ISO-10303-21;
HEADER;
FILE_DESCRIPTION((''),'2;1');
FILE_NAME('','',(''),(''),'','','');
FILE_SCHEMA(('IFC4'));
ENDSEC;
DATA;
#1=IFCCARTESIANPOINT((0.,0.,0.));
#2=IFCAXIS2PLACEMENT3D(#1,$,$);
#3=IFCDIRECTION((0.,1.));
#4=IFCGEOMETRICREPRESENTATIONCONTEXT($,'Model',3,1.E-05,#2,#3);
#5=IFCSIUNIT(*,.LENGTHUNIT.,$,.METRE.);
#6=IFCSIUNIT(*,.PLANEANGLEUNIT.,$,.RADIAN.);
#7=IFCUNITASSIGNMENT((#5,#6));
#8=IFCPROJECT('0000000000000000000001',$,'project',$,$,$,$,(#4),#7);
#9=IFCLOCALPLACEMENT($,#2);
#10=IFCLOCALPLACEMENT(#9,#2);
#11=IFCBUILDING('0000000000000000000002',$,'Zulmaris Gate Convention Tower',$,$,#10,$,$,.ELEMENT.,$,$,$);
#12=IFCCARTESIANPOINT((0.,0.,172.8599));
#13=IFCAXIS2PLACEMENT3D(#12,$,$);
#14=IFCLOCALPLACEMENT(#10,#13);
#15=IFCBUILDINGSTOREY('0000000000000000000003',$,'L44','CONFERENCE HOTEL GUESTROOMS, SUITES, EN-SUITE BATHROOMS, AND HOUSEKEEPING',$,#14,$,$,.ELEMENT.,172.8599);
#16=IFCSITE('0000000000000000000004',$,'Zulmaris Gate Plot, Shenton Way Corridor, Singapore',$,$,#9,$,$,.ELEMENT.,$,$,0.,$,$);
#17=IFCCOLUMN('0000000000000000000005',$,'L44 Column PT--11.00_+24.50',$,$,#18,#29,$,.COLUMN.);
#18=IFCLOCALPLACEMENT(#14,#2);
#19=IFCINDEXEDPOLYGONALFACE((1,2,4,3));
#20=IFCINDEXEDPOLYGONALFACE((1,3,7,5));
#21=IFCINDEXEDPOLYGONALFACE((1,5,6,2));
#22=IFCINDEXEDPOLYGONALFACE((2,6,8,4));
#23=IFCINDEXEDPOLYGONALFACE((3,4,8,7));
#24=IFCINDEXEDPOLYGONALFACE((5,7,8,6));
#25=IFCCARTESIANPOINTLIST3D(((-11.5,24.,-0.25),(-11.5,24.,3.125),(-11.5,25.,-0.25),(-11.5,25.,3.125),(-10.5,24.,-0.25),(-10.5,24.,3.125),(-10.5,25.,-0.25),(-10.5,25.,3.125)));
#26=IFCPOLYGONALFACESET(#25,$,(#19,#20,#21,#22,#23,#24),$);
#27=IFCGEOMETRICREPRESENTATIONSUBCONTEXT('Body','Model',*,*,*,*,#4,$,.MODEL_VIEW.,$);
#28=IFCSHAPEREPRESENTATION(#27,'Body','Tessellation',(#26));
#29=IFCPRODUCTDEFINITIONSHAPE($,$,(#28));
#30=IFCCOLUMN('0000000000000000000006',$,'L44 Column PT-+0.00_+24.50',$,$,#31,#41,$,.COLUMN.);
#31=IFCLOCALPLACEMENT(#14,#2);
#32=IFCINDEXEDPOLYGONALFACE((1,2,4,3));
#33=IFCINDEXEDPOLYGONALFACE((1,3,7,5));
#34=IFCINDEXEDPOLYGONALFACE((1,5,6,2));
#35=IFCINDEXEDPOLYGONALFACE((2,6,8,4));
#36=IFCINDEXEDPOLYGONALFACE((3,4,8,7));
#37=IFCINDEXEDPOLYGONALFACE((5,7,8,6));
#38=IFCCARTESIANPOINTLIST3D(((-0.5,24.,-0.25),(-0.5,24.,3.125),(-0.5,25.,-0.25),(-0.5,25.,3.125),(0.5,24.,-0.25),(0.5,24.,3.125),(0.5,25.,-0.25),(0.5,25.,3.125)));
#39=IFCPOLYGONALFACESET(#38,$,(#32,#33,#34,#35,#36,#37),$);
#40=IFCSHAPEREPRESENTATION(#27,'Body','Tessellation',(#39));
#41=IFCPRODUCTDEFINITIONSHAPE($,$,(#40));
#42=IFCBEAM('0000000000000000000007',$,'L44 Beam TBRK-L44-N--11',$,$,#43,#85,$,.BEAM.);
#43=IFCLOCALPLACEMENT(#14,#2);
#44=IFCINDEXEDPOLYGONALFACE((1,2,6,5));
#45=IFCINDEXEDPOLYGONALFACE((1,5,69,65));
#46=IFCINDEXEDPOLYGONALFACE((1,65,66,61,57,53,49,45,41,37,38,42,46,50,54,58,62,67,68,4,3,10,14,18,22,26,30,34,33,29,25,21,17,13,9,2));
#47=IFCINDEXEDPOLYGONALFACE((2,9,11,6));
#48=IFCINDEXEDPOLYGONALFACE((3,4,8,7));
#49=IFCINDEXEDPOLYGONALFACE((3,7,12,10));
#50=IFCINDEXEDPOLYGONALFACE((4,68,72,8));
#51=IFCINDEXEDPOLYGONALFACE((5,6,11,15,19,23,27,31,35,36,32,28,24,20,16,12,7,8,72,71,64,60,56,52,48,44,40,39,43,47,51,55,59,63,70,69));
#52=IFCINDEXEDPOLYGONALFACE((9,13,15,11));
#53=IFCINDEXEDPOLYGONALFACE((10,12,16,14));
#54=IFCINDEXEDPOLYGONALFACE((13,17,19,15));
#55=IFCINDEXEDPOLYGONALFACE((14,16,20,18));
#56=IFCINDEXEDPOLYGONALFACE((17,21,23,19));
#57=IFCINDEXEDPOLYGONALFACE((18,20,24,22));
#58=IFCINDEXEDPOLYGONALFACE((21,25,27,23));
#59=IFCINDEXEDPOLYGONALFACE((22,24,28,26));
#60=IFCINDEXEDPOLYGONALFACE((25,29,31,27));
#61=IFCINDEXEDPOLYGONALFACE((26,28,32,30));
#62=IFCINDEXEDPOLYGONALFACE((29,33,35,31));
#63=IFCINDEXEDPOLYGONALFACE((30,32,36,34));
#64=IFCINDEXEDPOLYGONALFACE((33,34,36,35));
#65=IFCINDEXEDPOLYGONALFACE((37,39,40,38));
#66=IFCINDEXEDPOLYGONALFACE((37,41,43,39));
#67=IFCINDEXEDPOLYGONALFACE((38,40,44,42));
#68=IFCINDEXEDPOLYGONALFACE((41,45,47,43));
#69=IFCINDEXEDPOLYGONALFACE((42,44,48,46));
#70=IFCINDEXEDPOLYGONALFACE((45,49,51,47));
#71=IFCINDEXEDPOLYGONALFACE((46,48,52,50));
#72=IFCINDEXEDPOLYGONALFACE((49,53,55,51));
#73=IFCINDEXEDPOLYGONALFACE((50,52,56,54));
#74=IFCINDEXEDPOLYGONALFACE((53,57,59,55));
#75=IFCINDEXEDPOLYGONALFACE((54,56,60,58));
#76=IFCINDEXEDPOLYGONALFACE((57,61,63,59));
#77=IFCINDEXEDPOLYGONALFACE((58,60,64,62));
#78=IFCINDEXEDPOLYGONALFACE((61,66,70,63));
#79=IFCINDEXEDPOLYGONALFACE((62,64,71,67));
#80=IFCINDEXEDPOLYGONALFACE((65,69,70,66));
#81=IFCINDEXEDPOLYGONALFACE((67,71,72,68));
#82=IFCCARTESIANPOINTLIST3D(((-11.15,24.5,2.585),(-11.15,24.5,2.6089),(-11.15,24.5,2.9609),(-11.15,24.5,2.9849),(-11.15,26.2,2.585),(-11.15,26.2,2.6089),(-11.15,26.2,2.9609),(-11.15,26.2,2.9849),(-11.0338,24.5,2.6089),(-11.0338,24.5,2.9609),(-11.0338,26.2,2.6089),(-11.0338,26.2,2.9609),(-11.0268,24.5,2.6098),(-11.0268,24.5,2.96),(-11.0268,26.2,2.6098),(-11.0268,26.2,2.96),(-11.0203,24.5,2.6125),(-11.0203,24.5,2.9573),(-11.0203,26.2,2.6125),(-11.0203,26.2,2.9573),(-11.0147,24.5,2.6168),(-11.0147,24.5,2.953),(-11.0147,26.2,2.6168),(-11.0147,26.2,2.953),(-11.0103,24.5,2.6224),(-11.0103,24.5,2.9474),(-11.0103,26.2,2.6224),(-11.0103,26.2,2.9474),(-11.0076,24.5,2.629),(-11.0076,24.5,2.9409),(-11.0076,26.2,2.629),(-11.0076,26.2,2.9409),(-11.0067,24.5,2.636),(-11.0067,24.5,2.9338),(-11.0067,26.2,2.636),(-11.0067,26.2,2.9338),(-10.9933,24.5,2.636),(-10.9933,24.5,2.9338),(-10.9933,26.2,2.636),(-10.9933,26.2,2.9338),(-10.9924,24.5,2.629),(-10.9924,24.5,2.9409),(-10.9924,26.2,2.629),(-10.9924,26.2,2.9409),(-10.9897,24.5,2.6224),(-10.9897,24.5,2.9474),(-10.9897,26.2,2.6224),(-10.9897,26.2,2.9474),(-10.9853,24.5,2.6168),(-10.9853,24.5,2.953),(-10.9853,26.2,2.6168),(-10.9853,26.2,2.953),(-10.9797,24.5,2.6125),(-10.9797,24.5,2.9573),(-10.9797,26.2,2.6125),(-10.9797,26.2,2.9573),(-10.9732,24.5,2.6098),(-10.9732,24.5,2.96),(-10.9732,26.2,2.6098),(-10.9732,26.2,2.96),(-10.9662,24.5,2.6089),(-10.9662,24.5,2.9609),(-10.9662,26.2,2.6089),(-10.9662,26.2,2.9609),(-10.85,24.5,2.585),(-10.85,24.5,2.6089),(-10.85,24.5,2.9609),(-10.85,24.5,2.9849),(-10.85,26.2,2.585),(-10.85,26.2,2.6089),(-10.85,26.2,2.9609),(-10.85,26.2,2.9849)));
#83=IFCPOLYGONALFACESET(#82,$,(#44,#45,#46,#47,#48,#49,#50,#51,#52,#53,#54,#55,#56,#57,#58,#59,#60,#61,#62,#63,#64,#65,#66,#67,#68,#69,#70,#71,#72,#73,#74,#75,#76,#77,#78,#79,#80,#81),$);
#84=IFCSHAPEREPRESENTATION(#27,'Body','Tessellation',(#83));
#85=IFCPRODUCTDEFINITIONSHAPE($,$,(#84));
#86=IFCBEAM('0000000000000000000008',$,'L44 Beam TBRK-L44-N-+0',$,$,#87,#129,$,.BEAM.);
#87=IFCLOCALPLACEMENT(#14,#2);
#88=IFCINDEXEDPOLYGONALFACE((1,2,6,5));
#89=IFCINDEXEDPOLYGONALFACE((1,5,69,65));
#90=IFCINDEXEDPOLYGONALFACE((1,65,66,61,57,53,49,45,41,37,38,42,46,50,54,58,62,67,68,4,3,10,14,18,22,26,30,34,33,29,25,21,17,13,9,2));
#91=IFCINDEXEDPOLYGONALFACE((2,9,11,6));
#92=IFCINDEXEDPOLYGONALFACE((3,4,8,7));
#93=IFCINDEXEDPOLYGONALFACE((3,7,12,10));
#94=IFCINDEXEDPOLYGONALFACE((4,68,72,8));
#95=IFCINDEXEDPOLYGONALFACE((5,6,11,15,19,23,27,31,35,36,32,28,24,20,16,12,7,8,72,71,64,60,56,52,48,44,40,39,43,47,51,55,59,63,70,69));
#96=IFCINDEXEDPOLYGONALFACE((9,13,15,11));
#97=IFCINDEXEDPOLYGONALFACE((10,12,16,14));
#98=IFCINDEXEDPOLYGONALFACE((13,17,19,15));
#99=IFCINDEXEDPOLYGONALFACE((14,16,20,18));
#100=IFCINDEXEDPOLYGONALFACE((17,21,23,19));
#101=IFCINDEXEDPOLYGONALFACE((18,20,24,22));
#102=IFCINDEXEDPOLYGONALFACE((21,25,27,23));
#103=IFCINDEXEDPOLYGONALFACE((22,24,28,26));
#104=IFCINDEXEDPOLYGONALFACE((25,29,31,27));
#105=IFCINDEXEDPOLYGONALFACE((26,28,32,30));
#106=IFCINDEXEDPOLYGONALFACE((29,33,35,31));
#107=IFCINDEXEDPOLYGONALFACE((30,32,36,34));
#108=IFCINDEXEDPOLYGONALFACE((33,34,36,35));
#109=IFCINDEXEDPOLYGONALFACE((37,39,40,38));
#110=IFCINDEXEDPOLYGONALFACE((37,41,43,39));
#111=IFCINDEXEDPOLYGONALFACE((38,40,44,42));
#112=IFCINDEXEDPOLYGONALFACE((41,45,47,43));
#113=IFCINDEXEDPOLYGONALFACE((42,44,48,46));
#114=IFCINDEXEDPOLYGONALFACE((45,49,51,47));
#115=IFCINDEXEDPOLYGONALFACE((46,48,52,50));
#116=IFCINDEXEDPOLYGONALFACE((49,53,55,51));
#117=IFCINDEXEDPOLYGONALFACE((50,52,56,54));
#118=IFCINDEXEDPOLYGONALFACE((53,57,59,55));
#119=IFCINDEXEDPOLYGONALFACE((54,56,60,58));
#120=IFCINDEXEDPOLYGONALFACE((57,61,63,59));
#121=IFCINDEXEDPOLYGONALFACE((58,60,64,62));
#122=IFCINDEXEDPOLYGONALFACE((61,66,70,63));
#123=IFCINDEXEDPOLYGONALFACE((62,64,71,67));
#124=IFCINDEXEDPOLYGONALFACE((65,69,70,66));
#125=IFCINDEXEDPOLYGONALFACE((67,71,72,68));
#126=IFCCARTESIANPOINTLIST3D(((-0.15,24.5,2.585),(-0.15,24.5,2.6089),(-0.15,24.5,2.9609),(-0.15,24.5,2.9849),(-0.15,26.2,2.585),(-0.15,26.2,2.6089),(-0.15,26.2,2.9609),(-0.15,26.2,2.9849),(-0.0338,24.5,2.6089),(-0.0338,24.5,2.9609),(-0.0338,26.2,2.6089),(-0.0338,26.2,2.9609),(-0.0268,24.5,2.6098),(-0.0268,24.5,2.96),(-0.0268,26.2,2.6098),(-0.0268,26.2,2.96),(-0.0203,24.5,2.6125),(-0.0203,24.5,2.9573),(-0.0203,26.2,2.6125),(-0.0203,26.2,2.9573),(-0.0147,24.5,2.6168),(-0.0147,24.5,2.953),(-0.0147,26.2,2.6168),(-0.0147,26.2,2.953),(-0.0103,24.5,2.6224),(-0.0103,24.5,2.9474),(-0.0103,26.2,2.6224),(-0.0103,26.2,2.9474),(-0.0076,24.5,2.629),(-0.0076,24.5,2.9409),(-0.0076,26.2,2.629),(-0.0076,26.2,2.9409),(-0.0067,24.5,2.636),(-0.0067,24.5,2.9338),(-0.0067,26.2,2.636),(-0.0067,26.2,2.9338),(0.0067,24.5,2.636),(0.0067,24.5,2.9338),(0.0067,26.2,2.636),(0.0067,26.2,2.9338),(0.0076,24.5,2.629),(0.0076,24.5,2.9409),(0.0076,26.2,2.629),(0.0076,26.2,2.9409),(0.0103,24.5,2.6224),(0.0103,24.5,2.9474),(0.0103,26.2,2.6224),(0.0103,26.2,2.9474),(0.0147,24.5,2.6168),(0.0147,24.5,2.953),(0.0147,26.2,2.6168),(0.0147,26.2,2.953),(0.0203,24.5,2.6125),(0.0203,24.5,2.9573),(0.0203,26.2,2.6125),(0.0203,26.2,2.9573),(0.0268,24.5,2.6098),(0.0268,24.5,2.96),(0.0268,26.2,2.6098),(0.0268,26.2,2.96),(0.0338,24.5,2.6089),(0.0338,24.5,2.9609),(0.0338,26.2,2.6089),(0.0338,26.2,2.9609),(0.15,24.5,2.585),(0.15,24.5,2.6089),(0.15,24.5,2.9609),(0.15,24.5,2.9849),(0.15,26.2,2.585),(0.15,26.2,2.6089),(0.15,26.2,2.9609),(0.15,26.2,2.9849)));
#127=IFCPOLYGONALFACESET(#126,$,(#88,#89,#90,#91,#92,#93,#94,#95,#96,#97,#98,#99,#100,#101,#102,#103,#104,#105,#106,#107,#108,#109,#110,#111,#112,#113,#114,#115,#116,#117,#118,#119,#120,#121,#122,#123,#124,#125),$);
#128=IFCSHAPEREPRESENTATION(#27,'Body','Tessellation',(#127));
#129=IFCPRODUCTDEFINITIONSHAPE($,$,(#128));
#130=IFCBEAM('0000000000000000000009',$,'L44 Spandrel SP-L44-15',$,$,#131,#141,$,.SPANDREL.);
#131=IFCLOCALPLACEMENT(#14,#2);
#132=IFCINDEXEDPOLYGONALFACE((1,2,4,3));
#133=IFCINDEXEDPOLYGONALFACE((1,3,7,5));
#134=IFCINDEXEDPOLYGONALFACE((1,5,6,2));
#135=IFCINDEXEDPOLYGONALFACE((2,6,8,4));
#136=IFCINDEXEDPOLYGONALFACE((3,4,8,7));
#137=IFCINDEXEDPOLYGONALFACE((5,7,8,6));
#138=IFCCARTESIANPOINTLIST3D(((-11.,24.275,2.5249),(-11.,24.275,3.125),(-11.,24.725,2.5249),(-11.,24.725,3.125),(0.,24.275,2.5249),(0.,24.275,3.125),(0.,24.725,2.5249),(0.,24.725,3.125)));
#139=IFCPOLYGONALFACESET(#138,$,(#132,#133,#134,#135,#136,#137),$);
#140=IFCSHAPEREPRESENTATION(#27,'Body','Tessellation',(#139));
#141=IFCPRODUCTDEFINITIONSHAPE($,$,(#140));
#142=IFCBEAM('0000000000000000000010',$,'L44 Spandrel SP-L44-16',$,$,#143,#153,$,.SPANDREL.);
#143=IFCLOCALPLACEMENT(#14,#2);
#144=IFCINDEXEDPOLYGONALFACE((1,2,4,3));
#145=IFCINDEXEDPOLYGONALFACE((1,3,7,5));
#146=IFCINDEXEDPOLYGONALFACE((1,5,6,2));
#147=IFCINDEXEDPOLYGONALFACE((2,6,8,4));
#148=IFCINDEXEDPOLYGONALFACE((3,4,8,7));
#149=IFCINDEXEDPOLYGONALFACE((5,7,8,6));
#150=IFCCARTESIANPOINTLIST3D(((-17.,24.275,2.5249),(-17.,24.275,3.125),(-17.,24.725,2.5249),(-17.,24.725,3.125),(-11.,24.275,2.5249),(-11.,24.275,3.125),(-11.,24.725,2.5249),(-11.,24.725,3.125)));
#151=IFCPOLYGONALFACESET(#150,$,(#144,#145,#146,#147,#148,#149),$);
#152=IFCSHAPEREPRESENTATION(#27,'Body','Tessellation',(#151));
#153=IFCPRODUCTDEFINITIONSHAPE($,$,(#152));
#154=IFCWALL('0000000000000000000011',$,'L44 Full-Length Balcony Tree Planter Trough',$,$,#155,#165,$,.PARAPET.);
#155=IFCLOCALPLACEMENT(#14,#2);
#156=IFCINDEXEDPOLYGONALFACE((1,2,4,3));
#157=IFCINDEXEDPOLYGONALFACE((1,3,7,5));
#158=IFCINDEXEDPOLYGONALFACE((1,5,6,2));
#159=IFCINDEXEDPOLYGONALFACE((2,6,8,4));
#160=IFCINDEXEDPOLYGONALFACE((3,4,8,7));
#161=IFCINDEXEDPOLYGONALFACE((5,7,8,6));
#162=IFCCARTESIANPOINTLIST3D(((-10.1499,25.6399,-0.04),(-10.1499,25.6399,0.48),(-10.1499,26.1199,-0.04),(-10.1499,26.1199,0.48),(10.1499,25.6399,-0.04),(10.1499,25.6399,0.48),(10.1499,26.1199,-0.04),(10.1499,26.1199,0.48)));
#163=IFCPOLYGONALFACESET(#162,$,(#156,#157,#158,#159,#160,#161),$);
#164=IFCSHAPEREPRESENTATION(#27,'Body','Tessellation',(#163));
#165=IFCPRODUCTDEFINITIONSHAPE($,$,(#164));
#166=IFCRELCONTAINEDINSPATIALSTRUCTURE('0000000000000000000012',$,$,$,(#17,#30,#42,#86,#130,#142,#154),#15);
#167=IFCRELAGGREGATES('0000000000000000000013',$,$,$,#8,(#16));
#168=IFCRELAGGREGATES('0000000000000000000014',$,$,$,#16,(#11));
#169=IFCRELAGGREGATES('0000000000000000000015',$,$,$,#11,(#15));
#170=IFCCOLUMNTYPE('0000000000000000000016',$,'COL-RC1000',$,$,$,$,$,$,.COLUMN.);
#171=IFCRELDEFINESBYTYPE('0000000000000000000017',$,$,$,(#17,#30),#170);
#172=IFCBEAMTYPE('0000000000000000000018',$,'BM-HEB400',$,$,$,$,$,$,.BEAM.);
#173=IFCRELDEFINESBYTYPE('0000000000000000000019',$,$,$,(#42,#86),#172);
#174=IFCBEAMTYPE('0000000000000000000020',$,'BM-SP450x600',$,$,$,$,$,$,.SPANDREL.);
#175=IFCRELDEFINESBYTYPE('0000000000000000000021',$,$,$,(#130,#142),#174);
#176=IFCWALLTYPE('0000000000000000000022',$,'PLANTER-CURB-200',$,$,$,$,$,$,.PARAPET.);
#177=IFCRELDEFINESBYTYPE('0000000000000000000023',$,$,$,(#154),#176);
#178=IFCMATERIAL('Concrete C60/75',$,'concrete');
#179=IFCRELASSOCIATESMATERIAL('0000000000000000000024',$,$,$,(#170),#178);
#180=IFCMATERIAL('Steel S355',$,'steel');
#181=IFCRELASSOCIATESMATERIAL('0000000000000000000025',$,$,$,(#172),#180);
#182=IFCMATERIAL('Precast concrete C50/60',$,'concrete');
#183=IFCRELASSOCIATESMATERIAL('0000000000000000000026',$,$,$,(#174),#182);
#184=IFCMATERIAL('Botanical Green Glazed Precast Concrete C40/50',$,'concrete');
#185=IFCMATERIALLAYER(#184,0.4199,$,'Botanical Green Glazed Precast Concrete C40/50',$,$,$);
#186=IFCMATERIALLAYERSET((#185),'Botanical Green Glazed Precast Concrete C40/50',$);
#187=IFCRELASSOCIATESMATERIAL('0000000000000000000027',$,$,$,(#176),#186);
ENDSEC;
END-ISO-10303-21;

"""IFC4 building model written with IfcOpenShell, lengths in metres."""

from ifc_helpers import new_model, si_unit, direction, frame, frame_2d, origin, origin_2d, place, context, subcontext, project, spatial, rectangle, i_section, extrude, material, layer, layer_set, material_profile, profile_set, type_object, element, save


model = new_model("IFC4")

# Units and contexts
model_context = context("Model", 3, precision=1e-05, world=origin(), true_north=direction((0.0, 1.0)))
body_context = subcontext(model_context, "Body", "Model", "MODEL_VIEW")
ifc_project = project(units=[si_unit("LENGTHUNIT", "METRE"), si_unit("PLANEANGLEUNIT", "RADIAN")], contexts=[model_context])

# Site, building, storey
site_placement = place(None, origin())
site = spatial("IfcSite", under=ifc_project, at=site_placement, Name="Zulmaris Gate Plot, Shenton Way Corridor, Singapore", CompositionType="ELEMENT", RefElevation=0.0)
building_placement = place(site_placement, origin())
building = spatial("IfcBuilding", under=site, at=building_placement, Name="Zulmaris Gate Convention Tower", CompositionType="ELEMENT")
storey_placement = place(building_placement, frame((0.0, 0.0, 172.8599)))
storey = spatial("IfcBuildingStorey", under=building, at=storey_placement, Name="L44", Description="CONFERENCE HOTEL GUESTROOMS, SUITES, EN-SUITE BATHROOMS, AND HOUSEKEEPING", CompositionType="ELEMENT", Elevation=172.8599)

# Columns
ifc_material_1 = material(Name="Concrete C60/75", Category="concrete")
ifc_material_profile_1 = material_profile(ifc_material_1, rectangle(XDim=1.0, YDim=1.0, at=origin_2d()), Name="RC COL 1000x1000")
ifc_profile_set_1 = profile_set([ifc_material_profile_1], Name="Concrete C60/75")
column_type = type_object("IfcColumnType", Name="COL-RC1000", PredefinedType="COLUMN", material=ifc_profile_set_1)
for number, where, z_axis, x_axis, name in (
    (1, (-11.0, 24.5, -0.25), (0.0, 0.0, 1.0), (1.0, 0.0, 0.0), "L44 Column PT--11.00_+24.50"),
    (2, (0.0, 24.5, -0.25), (0.0, 0.0, 1.0), (1.0, 0.0, 0.0), "L44 Column PT-+0.00_+24.50"),
):
    element("IfcColumn", number, at=place(storey_placement, frame(where, z_axis=z_axis, x_axis=x_axis)), inside=storey, type_object=column_type, Name=name, PredefinedType="COLUMN", context=body_context, shape_type="SweptSolid", body=[
        extrude(rectangle(XDim=1.0, YDim=1.0, at=origin_2d()), origin(), (0.0, 0.0, 1.0), 3.375),
    ])

# Beams
ifc_material_2 = material(Name="Steel S355", Category="steel")
ifc_material_profile_2 = material_profile(ifc_material_2, i_section(OverallWidth=0.3, OverallDepth=0.3999, WebThickness=0.0134, FlangeThickness=0.0239, FilletRadius=0.0271, at=origin_2d()), Name="HEB 400")
ifc_profile_set_2 = profile_set([ifc_material_profile_2], Name="Steel S355")
beam_type_1 = type_object("IfcBeamType", Name="BM-HEB400", PredefinedType="BEAM", material=ifc_profile_set_2)
for number, where, z_axis, x_axis, name in (
    (3, (-11.0, 24.5, 2.7849), (0.0, 1.0, 0.0), (-1.0, 0.0, 0.0), "L44 Beam TBRK-L44-N--11"),
    (4, (0.0, 24.5, 2.7849), (0.0, 1.0, 0.0), (-1.0, 0.0, 0.0), "L44 Beam TBRK-L44-N-+0"),
):
    element("IfcBeam", number, at=place(storey_placement, frame(where, z_axis=z_axis, x_axis=x_axis)), inside=storey, type_object=beam_type_1, Name=name, PredefinedType="BEAM", context=body_context, shape_type="SweptSolid", body=[
        extrude(i_section(OverallWidth=0.3, OverallDepth=0.3999, WebThickness=0.0134, FlangeThickness=0.0239, FilletRadius=0.0271, at=origin_2d()), origin(), (0.0, 0.0, 1.0), 1.7),
    ])
ifc_material_3 = material(Name="Precast concrete C50/60", Category="concrete")
ifc_material_profile_3 = material_profile(ifc_material_3, rectangle(XDim=0.45, YDim=0.6001, at=origin_2d()), Name="RC SPANDREL 450x600")
ifc_profile_set_3 = profile_set([ifc_material_profile_3], Name="Precast concrete C50/60")
beam_type_2 = type_object("IfcBeamType", Name="BM-SP450x600", PredefinedType="SPANDREL", material=ifc_profile_set_3)
beam_1_placement = place(storey_placement, frame((0.0, 24.5, 2.825), z_axis=(-1.0, 0.0, 0.0), x_axis=(0.0, -1.0, 0.0)))
element("IfcBeam", 5, at=beam_1_placement, inside=storey, type_object=beam_type_2, Name="L44 Spandrel SP-L44-15", PredefinedType="SPANDREL", context=body_context, shape_type="SweptSolid", body=[
    extrude(rectangle(XDim=0.45, YDim=0.6001, at=origin_2d()), origin(), (0.0, 0.0, 1.0), 11.0),
])
beam_2_placement = place(storey_placement, frame((-11.0, 24.5, 2.825), z_axis=(-1.0, 0.0, 0.0), x_axis=(0.0, -1.0, 0.0)))
element("IfcBeam", 6, at=beam_2_placement, inside=storey, type_object=beam_type_2, Name="L44 Spandrel SP-L44-16", PredefinedType="SPANDREL", context=body_context, shape_type="SweptSolid", body=[
    extrude(rectangle(XDim=0.45, YDim=0.6001, at=origin_2d()), origin(), (0.0, 0.0, 1.0), 6.0),
])

# Wall
ifc_material_4 = material(Name="Botanical Green Glazed Precast Concrete C40/50", Category="concrete")
ifc_layer_1 = layer(ifc_material_4, 0.4199, Name="Botanical Green Glazed Precast Concrete C40/50")
ifc_layer_set_1 = layer_set([ifc_layer_1], Name="Botanical Green Glazed Precast Concrete C40/50")
wall_type_1 = type_object("IfcWallType", Name="PLANTER-CURB-200", PredefinedType="PARAPET", material=ifc_layer_set_1)
wall_1_placement = place(storey_placement, frame((-10.1499, 25.8799, -0.04), z_axis=(0.0, 0.0, 1.0), x_axis=(1.0, 0.0, 0.0)))
element("IfcWall", 7, at=wall_1_placement, inside=storey, type_object=wall_type_1, Name="L44 Full-Length Balcony Tree Planter Trough", PredefinedType="PARAPET", context=body_context, shape_type="SweptSolid", body=[
    extrude(rectangle(XDim=20.2998, YDim=0.48, at=frame_2d((10.1499, 0.0))), origin(), (0.0, 0.0, 1.0), 0.52),
])

save(model, "model.ifc")
